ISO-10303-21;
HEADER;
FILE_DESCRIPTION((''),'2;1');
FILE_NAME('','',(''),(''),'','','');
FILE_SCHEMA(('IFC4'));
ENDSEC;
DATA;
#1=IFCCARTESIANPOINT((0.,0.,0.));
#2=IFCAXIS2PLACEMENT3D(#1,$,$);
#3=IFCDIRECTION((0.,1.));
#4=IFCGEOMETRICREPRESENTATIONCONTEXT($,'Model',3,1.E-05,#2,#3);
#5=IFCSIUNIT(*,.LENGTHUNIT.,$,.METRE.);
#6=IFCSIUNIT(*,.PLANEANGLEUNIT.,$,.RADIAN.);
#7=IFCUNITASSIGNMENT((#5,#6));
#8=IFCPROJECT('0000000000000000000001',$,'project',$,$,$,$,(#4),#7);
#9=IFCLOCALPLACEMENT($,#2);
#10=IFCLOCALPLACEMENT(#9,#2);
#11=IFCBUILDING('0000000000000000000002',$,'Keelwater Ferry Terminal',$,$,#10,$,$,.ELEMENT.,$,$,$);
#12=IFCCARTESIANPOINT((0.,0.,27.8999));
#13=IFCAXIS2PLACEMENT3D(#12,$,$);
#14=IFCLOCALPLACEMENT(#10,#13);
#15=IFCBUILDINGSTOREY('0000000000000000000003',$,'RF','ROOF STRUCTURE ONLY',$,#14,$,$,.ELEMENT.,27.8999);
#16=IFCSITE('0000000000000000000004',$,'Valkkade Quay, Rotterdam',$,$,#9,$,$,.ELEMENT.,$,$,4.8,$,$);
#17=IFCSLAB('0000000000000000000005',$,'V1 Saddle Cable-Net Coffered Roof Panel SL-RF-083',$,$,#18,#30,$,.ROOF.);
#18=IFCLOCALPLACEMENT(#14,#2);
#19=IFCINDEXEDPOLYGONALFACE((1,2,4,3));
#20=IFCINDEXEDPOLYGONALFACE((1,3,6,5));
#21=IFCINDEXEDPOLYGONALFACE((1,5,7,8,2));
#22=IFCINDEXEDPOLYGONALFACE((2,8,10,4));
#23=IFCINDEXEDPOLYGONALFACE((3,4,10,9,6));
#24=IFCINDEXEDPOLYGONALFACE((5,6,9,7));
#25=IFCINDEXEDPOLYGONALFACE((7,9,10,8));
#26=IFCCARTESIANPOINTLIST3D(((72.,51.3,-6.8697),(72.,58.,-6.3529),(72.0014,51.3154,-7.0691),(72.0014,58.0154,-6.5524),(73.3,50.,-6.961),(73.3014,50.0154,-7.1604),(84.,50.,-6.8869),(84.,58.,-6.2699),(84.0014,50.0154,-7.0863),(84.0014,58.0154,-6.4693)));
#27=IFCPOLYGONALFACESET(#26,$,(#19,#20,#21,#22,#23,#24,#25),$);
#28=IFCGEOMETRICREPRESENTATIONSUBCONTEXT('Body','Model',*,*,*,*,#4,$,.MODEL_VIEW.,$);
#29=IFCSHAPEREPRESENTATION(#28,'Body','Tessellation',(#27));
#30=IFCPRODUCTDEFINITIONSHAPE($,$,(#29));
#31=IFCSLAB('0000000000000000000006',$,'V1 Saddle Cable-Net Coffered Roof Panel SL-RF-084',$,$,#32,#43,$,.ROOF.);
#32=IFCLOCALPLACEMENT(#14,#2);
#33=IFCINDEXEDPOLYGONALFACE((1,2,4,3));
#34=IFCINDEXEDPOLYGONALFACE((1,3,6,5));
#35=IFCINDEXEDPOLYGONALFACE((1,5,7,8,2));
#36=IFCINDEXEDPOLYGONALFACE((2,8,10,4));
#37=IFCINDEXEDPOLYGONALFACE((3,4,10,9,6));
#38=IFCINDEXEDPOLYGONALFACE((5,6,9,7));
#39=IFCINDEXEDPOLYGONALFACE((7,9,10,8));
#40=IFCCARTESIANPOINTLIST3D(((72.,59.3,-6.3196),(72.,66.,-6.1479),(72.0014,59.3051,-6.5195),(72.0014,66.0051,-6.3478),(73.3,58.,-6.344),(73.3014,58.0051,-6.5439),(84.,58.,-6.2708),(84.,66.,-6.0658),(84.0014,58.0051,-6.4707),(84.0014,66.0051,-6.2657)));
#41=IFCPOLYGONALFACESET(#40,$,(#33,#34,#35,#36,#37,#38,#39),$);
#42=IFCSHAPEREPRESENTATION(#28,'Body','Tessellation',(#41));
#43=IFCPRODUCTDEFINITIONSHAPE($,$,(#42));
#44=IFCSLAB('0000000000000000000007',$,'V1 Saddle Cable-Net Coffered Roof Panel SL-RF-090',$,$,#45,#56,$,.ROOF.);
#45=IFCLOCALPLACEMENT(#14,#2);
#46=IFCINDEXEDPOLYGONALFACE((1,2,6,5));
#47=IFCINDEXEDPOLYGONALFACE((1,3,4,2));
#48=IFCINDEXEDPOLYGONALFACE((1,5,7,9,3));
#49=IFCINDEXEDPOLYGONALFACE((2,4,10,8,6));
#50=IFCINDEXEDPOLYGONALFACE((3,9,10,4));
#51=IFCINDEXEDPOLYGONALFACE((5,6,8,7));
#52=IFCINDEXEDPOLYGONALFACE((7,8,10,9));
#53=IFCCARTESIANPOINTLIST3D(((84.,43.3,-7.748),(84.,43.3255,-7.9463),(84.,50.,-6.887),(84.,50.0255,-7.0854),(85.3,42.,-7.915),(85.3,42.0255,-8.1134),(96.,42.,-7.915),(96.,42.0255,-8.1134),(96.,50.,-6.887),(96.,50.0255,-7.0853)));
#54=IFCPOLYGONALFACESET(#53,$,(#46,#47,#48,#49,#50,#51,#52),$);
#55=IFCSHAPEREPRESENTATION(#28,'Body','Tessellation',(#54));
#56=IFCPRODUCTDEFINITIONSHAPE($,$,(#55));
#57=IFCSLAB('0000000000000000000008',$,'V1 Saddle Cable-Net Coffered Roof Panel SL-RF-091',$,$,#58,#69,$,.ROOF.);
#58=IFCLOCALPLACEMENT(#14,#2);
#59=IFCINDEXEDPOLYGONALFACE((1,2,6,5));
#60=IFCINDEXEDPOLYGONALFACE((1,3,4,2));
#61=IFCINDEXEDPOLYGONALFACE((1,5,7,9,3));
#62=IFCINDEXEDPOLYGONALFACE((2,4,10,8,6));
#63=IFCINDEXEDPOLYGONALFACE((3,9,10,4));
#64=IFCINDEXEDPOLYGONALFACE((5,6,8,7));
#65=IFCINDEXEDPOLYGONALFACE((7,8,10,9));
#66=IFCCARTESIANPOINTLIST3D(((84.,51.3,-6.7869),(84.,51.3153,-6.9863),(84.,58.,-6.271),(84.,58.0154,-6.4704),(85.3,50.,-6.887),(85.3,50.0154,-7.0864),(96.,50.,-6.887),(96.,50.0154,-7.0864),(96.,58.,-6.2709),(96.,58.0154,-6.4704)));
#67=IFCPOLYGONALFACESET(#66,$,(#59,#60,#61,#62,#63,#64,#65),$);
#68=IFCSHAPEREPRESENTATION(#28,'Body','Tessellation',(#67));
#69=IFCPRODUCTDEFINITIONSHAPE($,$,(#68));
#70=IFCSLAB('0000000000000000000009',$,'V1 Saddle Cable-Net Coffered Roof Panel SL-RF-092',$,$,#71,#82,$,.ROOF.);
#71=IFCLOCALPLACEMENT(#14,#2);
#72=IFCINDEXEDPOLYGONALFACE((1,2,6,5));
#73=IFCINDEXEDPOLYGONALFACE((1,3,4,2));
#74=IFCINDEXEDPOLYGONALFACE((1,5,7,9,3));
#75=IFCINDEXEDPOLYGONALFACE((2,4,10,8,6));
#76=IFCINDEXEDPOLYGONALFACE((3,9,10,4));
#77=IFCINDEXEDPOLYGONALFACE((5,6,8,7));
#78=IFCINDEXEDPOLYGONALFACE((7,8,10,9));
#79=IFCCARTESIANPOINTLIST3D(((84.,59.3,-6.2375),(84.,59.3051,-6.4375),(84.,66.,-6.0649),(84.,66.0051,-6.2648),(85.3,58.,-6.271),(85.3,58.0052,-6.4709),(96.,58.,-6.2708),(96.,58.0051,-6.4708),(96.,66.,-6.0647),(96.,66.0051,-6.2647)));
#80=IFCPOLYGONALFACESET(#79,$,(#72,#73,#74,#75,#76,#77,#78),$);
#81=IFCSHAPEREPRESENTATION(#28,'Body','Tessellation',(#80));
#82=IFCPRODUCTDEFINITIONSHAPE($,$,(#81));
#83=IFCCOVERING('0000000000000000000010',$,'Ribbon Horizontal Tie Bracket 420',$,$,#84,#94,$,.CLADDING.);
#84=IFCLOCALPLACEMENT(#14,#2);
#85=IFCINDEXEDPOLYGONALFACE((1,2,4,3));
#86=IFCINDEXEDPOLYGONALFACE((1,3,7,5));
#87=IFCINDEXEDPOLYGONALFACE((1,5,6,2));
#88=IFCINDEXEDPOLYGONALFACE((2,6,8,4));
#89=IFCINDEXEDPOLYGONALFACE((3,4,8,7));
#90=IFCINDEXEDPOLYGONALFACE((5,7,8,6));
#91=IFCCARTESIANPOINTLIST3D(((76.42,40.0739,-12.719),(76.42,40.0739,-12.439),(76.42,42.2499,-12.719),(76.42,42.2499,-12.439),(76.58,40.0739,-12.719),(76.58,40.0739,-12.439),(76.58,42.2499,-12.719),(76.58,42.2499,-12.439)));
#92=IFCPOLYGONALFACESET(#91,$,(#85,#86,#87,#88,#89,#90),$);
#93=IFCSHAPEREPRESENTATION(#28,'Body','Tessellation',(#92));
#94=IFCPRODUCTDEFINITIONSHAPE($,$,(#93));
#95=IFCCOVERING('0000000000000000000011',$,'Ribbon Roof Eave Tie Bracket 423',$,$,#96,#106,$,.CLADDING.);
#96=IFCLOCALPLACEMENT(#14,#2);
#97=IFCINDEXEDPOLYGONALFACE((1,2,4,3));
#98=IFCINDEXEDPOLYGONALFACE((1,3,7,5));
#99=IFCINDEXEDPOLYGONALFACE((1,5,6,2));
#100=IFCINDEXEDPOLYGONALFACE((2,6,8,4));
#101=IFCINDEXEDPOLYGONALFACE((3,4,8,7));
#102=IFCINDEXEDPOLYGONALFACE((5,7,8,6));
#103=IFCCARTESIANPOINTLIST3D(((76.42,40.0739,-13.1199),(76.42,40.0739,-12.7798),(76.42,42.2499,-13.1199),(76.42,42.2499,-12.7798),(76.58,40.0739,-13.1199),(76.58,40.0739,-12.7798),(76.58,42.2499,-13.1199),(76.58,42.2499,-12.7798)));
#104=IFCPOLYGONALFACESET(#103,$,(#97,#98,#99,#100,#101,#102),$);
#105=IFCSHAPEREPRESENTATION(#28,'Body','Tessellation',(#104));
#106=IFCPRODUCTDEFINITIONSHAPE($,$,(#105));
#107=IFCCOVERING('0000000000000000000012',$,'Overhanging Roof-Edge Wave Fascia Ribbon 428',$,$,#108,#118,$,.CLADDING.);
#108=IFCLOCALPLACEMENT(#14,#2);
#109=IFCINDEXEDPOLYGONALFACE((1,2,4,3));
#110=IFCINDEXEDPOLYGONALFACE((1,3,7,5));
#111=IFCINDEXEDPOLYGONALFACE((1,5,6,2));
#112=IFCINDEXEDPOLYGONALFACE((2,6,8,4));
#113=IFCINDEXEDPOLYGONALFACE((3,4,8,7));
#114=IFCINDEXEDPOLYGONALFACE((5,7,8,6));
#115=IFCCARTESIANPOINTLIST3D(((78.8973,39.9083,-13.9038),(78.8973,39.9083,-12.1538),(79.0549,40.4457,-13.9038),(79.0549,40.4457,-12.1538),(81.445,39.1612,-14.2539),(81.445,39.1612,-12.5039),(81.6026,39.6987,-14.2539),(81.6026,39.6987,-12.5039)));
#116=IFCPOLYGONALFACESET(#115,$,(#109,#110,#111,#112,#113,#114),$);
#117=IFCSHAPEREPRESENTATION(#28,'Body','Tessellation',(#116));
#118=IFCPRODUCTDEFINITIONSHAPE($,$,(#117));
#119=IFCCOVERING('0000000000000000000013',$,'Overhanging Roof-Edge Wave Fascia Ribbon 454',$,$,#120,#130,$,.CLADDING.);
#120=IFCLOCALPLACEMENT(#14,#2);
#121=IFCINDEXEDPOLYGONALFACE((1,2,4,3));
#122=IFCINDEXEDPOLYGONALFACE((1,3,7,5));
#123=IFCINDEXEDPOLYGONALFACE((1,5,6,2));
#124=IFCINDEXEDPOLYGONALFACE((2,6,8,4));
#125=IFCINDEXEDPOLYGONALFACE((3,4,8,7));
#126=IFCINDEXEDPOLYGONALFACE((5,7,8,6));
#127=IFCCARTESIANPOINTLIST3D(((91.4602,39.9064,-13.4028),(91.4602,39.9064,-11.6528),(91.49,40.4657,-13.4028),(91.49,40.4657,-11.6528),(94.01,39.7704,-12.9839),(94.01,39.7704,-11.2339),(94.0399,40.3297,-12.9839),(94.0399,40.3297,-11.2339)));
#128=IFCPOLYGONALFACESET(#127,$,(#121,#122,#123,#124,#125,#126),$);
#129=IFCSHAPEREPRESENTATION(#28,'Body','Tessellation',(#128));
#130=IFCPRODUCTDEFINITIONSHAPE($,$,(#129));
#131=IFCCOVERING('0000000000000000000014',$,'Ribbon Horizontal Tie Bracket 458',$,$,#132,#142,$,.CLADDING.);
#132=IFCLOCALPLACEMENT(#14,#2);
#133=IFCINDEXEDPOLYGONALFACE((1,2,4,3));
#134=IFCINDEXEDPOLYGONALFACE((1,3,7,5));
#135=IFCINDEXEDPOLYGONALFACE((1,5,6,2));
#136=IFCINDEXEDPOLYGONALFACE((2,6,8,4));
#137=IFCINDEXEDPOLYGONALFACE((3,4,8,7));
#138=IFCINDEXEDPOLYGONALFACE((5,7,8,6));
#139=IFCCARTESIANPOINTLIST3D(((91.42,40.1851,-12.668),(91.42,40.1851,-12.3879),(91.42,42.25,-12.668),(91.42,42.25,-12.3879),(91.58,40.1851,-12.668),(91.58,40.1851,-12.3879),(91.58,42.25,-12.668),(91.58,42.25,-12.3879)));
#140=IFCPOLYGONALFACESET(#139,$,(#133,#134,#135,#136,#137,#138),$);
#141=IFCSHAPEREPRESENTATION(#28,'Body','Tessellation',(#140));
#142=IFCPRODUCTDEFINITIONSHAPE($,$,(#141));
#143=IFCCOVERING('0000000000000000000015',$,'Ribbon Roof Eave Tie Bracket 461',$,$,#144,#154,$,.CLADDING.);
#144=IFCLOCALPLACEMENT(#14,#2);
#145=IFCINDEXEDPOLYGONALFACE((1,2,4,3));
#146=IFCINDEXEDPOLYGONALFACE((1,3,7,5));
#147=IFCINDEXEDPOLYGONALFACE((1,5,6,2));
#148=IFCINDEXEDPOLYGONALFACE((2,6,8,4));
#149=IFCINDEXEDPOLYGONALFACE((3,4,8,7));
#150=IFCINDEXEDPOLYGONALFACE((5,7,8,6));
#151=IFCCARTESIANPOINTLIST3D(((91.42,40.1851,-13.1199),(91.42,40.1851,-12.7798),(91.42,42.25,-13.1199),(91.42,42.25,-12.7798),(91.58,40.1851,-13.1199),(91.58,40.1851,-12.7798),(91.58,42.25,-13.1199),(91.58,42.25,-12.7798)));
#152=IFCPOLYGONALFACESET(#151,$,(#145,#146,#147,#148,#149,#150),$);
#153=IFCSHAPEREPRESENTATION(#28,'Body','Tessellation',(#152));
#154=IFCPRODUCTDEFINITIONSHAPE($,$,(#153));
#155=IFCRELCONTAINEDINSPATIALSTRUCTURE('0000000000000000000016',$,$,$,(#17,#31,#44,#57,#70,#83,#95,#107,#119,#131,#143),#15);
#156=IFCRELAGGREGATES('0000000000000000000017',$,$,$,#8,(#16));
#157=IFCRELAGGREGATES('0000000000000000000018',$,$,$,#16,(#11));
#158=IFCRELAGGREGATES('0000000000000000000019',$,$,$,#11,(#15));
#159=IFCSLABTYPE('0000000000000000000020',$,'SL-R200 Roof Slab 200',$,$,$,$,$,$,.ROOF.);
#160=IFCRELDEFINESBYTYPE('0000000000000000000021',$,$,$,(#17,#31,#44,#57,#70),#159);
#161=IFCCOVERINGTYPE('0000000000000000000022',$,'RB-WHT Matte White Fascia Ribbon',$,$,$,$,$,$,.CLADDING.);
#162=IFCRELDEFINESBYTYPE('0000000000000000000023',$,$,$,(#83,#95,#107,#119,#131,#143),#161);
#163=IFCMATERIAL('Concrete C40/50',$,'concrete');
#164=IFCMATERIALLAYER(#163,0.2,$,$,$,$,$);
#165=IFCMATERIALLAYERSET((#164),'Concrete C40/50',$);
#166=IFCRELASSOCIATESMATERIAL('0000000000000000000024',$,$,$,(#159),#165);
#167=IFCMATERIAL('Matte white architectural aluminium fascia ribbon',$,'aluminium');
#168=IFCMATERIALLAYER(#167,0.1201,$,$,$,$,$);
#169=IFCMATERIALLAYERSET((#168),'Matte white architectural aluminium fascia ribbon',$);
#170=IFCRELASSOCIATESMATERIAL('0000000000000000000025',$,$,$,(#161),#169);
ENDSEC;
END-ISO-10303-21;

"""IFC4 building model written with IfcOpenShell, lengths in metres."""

from ifc_helpers import new_model, si_unit, direction, frame, frame_2d, origin, origin_with_axes, place, context, subcontext, project, spatial, polyline, rectangle, outline, extrude, material, layer, layer_set, type_object, element, save


model = new_model("IFC4")

# Units and contexts
model_context = context("Model", 3, precision=1e-05, world=origin(), true_north=direction((0.0, 1.0)))
body_context = subcontext(model_context, "Body", "Model", "MODEL_VIEW")
ifc_project = project(units=[si_unit("LENGTHUNIT", "METRE"), si_unit("PLANEANGLEUNIT", "RADIAN")], contexts=[model_context])

# Site, building, storey
site_placement = place(None, origin())
site = spatial("IfcSite", under=ifc_project, at=site_placement, Name="Valkkade Quay, Rotterdam", CompositionType="ELEMENT", RefElevation=4.8)
building_placement = place(site_placement, origin())
building = spatial("IfcBuilding", under=site, at=building_placement, Name="Keelwater Ferry Terminal", CompositionType="ELEMENT")
storey_placement = place(building_placement, frame((0.0, 0.0, 27.8999)))
storey = spatial("IfcBuildingStorey", under=building, at=storey_placement, Name="RF", Description="ROOF STRUCTURE ONLY", CompositionType="ELEMENT", Elevation=27.8999)

# Slabs
ifc_material_1 = material(Name="Concrete C40/50", Category="concrete")
ifc_layer_1 = layer(ifc_material_1, 0.2)
ifc_layer_set_1 = layer_set([ifc_layer_1], Name="Concrete C40/50")
slab_type = type_object("IfcSlabType", Name="SL-R200 Roof Slab 200", PredefinedType="ROOF", material=ifc_layer_set_1)
slab_1_placement = place(storey_placement, frame((73.3014, 50.0154, -7.1604), z_axis=(-0.006904, -0.076902, 0.997015), x_axis=(0.999976, -0.000531, 0.006883)))
element("IfcSlab", 1, at=slab_1_placement, inside=storey, type_object=slab_type, Name="V1 Saddle Cable-Net Coffered Roof Panel SL-RF-083", PredefinedType="ROOF", context=body_context, shape_type="SweptSolid", body=[
    extrude(outline(polyline([(0.0, 0.0), (10.7003, 0.0057), (10.7003, 8.0294), (-1.3, 8.0231), (-1.3, 1.3031), (0.0, 0.0)])), origin_with_axes(), (0.0, 0.0, 1.0), 0.2),
])
slab_2_placement = place(storey_placement, frame((73.3014, 58.0051, -6.5439), z_axis=(-0.006838, -0.025619, 0.999648), x_axis=(0.999977, -0.000175, 0.006836)))
element("IfcSlab", 2, at=slab_2_placement, inside=storey, type_object=slab_type, Name="V1 Saddle Cable-Net Coffered Roof Panel SL-RF-084", PredefinedType="ROOF", context=body_context, shape_type="SweptSolid", body=[
    extrude(outline(polyline([(0.0, 0.0), (10.7002, 0.0019), (10.7002, 8.0045), (-1.3, 8.0024), (-1.3, 1.3002), (0.0, 0.0)])), origin_with_axes(), (0.0, 0.0, 1.0), 0.2),
])
slab_3_placement = place(storey_placement, frame((85.3, 42.0255, -8.1134), z_axis=(-0.000001, -0.127453, 0.991845), x_axis=(1.0, 0.0, 0.000001)))
element("IfcSlab", 3, at=slab_3_placement, inside=storey, type_object=slab_type, Name="V1 Saddle Cable-Net Coffered Roof Panel SL-RF-090", PredefinedType="ROOF", context=body_context, shape_type="SweptSolid", body=[
    extrude(outline(polyline([(0.0, 0.0), (10.7, 0.0), (10.7, 8.0658), (-1.3, 8.0658), (-1.3, 1.3107), (0.0, 0.0)])), origin_with_axes(), (0.0, 0.0, 1.0), 0.2),
])
slab_4_placement = place(storey_placement, frame((85.3, 50.0154, -7.0864), z_axis=(-0.000003, -0.076775, 0.997048), x_axis=(1.0, 0.0, 0.000003)))
element("IfcSlab", 4, at=slab_4_placement, inside=storey, type_object=slab_type, Name="V1 Saddle Cable-Net Coffered Roof Panel SL-RF-091", PredefinedType="ROOF", context=body_context, shape_type="SweptSolid", body=[
    extrude(outline(polyline([(0.0, 0.0), (10.7, 0.0), (10.7, 8.0237), (-1.3, 8.0237), (-1.3, 1.3038), (0.0, 0.0)])), origin_with_axes(), (0.0, 0.0, 1.0), 0.2),
])
slab_5_placement = place(storey_placement, frame((85.3, 58.0052, -6.4709), z_axis=(-0.000014, -0.025754, 0.999668), x_axis=(1.0, 0.0, 0.000014)))
element("IfcSlab", 5, at=slab_5_placement, inside=storey, type_object=slab_type, Name="V1 Saddle Cable-Net Coffered Roof Panel SL-RF-092", PredefinedType="ROOF", context=body_context, shape_type="SweptSolid", body=[
    extrude(outline(polyline([(0.0, 0.0), (10.7, 0.0), (10.7, 8.0027), (-1.3, 8.0027), (-1.3, 1.3004), (0.0, 0.0)])), origin_with_axes(), (0.0, 0.0, 1.0), 0.2),
])

# Coverings
ifc_material_2 = material(Name="Matte white architectural aluminium fascia ribbon", Category="aluminium")
ifc_layer_2 = layer(ifc_material_2, 0.1201)
ifc_layer_set_2 = layer_set([ifc_layer_2], Name="Matte white architectural aluminium fascia ribbon")
covering_type = type_object("IfcCoveringType", Name="RB-WHT Matte White Fascia Ribbon", PredefinedType="CLADDING", material=ifc_layer_set_2)
covering_1_placement = place(storey_placement, frame((76.5, 40.074, -12.719), z_axis=(0.0, 0.0, 1.0), x_axis=(0.0, 1.0, 0.0)))
element("IfcCovering", 6, at=covering_1_placement, inside=storey, type_object=covering_type, Name="Ribbon Horizontal Tie Bracket 420", PredefinedType="CLADDING", context=body_context, shape_type="SweptSolid", body=[
    extrude(rectangle(XDim=2.176, YDim=0.1599, at=frame_2d((1.0879, 0.0))), origin(), (0.0, 0.0, 1.0), 0.28),
])
covering_2_placement = place(storey_placement, frame((76.5, 40.074, -13.1199), z_axis=(0.0, 0.0, 1.0), x_axis=(0.0, 1.0, 0.0)))
element("IfcCovering", 7, at=covering_2_placement, inside=storey, type_object=covering_type, Name="Ribbon Roof Eave Tie Bracket 423", PredefinedType="CLADDING", context=body_context, shape_type="SweptSolid", body=[
    extrude(rectangle(XDim=2.176, YDim=0.1599, at=frame_2d((1.0879, 0.0))), origin(), (0.0, 0.0, 1.0), 0.3401),
])
covering_3_placement = place(storey_placement, frame((78.9761, 40.177, -14.2539), z_axis=(0.0, 0.0, 1.0), x_axis=(0.959599, -0.28137, 0.0)))
element("IfcCovering", 8, at=covering_3_placement, inside=storey, type_object=covering_type, Name="Overhanging Roof-Edge Wave Fascia Ribbon 428", PredefinedType="CLADDING", context=body_context, shape_type="SweptSolid", body=[
    extrude(outline(polyline([(0.0, 0.3501), (2.655, 0.0), (2.655, 1.75), (0.0, 2.1001), (0.0, 0.3501)])), frame((0.0, 0.28, 0.0), z_axis=(0.0, -1.0, 0.0), x_axis=(1.0, 0.0, 0.0)), (0.0, 0.0, 1.0), 0.5601),
])
covering_4_placement = place(storey_placement, frame((91.4751, 40.186, -13.4028), z_axis=(0.0, 0.0, 1.0), x_axis=(0.998581, -0.053256, 0.0)))
element("IfcCovering", 9, at=covering_4_placement, inside=storey, type_object=covering_type, Name="Overhanging Roof-Edge Wave Fascia Ribbon 454", PredefinedType="CLADDING", context=body_context, shape_type="SweptSolid", body=[
    extrude(outline(polyline([(0.0, 0.0), (2.5535, 0.4189), (2.5535, 2.1689), (0.0, 1.75), (0.0, 0.0)])), frame((0.0, 0.28, 0.0), z_axis=(0.0, -1.0, 0.0), x_axis=(1.0, 0.0, 0.0)), (0.0, 0.0, 1.0), 0.5601),
])
covering_5_placement = place(storey_placement, frame((91.5, 40.1851, -12.668), z_axis=(0.0, 0.0, 1.0), x_axis=(0.0, 1.0, 0.0)))
element("IfcCovering", 10, at=covering_5_placement, inside=storey, type_object=covering_type, Name="Ribbon Horizontal Tie Bracket 458", PredefinedType="CLADDING", context=body_context, shape_type="SweptSolid", body=[
    extrude(rectangle(XDim=2.0649, YDim=0.1599, at=frame_2d((1.0325, 0.0))), origin(), (0.0, 0.0, 1.0), 0.28),
])
covering_6_placement = place(storey_placement, frame((91.5, 40.1851, -13.1199), z_axis=(0.0, 0.0, 1.0), x_axis=(0.0, 1.0, 0.0)))
element("IfcCovering", 11, at=covering_6_placement, inside=storey, type_object=covering_type, Name="Ribbon Roof Eave Tie Bracket 461", PredefinedType="CLADDING", context=body_context, shape_type="SweptSolid", body=[
    extrude(rectangle(XDim=2.0649, YDim=0.1599, at=frame_2d((1.0325, 0.0))), origin(), (0.0, 0.0, 1.0), 0.3401),
])

save(model, "model.ifc")
